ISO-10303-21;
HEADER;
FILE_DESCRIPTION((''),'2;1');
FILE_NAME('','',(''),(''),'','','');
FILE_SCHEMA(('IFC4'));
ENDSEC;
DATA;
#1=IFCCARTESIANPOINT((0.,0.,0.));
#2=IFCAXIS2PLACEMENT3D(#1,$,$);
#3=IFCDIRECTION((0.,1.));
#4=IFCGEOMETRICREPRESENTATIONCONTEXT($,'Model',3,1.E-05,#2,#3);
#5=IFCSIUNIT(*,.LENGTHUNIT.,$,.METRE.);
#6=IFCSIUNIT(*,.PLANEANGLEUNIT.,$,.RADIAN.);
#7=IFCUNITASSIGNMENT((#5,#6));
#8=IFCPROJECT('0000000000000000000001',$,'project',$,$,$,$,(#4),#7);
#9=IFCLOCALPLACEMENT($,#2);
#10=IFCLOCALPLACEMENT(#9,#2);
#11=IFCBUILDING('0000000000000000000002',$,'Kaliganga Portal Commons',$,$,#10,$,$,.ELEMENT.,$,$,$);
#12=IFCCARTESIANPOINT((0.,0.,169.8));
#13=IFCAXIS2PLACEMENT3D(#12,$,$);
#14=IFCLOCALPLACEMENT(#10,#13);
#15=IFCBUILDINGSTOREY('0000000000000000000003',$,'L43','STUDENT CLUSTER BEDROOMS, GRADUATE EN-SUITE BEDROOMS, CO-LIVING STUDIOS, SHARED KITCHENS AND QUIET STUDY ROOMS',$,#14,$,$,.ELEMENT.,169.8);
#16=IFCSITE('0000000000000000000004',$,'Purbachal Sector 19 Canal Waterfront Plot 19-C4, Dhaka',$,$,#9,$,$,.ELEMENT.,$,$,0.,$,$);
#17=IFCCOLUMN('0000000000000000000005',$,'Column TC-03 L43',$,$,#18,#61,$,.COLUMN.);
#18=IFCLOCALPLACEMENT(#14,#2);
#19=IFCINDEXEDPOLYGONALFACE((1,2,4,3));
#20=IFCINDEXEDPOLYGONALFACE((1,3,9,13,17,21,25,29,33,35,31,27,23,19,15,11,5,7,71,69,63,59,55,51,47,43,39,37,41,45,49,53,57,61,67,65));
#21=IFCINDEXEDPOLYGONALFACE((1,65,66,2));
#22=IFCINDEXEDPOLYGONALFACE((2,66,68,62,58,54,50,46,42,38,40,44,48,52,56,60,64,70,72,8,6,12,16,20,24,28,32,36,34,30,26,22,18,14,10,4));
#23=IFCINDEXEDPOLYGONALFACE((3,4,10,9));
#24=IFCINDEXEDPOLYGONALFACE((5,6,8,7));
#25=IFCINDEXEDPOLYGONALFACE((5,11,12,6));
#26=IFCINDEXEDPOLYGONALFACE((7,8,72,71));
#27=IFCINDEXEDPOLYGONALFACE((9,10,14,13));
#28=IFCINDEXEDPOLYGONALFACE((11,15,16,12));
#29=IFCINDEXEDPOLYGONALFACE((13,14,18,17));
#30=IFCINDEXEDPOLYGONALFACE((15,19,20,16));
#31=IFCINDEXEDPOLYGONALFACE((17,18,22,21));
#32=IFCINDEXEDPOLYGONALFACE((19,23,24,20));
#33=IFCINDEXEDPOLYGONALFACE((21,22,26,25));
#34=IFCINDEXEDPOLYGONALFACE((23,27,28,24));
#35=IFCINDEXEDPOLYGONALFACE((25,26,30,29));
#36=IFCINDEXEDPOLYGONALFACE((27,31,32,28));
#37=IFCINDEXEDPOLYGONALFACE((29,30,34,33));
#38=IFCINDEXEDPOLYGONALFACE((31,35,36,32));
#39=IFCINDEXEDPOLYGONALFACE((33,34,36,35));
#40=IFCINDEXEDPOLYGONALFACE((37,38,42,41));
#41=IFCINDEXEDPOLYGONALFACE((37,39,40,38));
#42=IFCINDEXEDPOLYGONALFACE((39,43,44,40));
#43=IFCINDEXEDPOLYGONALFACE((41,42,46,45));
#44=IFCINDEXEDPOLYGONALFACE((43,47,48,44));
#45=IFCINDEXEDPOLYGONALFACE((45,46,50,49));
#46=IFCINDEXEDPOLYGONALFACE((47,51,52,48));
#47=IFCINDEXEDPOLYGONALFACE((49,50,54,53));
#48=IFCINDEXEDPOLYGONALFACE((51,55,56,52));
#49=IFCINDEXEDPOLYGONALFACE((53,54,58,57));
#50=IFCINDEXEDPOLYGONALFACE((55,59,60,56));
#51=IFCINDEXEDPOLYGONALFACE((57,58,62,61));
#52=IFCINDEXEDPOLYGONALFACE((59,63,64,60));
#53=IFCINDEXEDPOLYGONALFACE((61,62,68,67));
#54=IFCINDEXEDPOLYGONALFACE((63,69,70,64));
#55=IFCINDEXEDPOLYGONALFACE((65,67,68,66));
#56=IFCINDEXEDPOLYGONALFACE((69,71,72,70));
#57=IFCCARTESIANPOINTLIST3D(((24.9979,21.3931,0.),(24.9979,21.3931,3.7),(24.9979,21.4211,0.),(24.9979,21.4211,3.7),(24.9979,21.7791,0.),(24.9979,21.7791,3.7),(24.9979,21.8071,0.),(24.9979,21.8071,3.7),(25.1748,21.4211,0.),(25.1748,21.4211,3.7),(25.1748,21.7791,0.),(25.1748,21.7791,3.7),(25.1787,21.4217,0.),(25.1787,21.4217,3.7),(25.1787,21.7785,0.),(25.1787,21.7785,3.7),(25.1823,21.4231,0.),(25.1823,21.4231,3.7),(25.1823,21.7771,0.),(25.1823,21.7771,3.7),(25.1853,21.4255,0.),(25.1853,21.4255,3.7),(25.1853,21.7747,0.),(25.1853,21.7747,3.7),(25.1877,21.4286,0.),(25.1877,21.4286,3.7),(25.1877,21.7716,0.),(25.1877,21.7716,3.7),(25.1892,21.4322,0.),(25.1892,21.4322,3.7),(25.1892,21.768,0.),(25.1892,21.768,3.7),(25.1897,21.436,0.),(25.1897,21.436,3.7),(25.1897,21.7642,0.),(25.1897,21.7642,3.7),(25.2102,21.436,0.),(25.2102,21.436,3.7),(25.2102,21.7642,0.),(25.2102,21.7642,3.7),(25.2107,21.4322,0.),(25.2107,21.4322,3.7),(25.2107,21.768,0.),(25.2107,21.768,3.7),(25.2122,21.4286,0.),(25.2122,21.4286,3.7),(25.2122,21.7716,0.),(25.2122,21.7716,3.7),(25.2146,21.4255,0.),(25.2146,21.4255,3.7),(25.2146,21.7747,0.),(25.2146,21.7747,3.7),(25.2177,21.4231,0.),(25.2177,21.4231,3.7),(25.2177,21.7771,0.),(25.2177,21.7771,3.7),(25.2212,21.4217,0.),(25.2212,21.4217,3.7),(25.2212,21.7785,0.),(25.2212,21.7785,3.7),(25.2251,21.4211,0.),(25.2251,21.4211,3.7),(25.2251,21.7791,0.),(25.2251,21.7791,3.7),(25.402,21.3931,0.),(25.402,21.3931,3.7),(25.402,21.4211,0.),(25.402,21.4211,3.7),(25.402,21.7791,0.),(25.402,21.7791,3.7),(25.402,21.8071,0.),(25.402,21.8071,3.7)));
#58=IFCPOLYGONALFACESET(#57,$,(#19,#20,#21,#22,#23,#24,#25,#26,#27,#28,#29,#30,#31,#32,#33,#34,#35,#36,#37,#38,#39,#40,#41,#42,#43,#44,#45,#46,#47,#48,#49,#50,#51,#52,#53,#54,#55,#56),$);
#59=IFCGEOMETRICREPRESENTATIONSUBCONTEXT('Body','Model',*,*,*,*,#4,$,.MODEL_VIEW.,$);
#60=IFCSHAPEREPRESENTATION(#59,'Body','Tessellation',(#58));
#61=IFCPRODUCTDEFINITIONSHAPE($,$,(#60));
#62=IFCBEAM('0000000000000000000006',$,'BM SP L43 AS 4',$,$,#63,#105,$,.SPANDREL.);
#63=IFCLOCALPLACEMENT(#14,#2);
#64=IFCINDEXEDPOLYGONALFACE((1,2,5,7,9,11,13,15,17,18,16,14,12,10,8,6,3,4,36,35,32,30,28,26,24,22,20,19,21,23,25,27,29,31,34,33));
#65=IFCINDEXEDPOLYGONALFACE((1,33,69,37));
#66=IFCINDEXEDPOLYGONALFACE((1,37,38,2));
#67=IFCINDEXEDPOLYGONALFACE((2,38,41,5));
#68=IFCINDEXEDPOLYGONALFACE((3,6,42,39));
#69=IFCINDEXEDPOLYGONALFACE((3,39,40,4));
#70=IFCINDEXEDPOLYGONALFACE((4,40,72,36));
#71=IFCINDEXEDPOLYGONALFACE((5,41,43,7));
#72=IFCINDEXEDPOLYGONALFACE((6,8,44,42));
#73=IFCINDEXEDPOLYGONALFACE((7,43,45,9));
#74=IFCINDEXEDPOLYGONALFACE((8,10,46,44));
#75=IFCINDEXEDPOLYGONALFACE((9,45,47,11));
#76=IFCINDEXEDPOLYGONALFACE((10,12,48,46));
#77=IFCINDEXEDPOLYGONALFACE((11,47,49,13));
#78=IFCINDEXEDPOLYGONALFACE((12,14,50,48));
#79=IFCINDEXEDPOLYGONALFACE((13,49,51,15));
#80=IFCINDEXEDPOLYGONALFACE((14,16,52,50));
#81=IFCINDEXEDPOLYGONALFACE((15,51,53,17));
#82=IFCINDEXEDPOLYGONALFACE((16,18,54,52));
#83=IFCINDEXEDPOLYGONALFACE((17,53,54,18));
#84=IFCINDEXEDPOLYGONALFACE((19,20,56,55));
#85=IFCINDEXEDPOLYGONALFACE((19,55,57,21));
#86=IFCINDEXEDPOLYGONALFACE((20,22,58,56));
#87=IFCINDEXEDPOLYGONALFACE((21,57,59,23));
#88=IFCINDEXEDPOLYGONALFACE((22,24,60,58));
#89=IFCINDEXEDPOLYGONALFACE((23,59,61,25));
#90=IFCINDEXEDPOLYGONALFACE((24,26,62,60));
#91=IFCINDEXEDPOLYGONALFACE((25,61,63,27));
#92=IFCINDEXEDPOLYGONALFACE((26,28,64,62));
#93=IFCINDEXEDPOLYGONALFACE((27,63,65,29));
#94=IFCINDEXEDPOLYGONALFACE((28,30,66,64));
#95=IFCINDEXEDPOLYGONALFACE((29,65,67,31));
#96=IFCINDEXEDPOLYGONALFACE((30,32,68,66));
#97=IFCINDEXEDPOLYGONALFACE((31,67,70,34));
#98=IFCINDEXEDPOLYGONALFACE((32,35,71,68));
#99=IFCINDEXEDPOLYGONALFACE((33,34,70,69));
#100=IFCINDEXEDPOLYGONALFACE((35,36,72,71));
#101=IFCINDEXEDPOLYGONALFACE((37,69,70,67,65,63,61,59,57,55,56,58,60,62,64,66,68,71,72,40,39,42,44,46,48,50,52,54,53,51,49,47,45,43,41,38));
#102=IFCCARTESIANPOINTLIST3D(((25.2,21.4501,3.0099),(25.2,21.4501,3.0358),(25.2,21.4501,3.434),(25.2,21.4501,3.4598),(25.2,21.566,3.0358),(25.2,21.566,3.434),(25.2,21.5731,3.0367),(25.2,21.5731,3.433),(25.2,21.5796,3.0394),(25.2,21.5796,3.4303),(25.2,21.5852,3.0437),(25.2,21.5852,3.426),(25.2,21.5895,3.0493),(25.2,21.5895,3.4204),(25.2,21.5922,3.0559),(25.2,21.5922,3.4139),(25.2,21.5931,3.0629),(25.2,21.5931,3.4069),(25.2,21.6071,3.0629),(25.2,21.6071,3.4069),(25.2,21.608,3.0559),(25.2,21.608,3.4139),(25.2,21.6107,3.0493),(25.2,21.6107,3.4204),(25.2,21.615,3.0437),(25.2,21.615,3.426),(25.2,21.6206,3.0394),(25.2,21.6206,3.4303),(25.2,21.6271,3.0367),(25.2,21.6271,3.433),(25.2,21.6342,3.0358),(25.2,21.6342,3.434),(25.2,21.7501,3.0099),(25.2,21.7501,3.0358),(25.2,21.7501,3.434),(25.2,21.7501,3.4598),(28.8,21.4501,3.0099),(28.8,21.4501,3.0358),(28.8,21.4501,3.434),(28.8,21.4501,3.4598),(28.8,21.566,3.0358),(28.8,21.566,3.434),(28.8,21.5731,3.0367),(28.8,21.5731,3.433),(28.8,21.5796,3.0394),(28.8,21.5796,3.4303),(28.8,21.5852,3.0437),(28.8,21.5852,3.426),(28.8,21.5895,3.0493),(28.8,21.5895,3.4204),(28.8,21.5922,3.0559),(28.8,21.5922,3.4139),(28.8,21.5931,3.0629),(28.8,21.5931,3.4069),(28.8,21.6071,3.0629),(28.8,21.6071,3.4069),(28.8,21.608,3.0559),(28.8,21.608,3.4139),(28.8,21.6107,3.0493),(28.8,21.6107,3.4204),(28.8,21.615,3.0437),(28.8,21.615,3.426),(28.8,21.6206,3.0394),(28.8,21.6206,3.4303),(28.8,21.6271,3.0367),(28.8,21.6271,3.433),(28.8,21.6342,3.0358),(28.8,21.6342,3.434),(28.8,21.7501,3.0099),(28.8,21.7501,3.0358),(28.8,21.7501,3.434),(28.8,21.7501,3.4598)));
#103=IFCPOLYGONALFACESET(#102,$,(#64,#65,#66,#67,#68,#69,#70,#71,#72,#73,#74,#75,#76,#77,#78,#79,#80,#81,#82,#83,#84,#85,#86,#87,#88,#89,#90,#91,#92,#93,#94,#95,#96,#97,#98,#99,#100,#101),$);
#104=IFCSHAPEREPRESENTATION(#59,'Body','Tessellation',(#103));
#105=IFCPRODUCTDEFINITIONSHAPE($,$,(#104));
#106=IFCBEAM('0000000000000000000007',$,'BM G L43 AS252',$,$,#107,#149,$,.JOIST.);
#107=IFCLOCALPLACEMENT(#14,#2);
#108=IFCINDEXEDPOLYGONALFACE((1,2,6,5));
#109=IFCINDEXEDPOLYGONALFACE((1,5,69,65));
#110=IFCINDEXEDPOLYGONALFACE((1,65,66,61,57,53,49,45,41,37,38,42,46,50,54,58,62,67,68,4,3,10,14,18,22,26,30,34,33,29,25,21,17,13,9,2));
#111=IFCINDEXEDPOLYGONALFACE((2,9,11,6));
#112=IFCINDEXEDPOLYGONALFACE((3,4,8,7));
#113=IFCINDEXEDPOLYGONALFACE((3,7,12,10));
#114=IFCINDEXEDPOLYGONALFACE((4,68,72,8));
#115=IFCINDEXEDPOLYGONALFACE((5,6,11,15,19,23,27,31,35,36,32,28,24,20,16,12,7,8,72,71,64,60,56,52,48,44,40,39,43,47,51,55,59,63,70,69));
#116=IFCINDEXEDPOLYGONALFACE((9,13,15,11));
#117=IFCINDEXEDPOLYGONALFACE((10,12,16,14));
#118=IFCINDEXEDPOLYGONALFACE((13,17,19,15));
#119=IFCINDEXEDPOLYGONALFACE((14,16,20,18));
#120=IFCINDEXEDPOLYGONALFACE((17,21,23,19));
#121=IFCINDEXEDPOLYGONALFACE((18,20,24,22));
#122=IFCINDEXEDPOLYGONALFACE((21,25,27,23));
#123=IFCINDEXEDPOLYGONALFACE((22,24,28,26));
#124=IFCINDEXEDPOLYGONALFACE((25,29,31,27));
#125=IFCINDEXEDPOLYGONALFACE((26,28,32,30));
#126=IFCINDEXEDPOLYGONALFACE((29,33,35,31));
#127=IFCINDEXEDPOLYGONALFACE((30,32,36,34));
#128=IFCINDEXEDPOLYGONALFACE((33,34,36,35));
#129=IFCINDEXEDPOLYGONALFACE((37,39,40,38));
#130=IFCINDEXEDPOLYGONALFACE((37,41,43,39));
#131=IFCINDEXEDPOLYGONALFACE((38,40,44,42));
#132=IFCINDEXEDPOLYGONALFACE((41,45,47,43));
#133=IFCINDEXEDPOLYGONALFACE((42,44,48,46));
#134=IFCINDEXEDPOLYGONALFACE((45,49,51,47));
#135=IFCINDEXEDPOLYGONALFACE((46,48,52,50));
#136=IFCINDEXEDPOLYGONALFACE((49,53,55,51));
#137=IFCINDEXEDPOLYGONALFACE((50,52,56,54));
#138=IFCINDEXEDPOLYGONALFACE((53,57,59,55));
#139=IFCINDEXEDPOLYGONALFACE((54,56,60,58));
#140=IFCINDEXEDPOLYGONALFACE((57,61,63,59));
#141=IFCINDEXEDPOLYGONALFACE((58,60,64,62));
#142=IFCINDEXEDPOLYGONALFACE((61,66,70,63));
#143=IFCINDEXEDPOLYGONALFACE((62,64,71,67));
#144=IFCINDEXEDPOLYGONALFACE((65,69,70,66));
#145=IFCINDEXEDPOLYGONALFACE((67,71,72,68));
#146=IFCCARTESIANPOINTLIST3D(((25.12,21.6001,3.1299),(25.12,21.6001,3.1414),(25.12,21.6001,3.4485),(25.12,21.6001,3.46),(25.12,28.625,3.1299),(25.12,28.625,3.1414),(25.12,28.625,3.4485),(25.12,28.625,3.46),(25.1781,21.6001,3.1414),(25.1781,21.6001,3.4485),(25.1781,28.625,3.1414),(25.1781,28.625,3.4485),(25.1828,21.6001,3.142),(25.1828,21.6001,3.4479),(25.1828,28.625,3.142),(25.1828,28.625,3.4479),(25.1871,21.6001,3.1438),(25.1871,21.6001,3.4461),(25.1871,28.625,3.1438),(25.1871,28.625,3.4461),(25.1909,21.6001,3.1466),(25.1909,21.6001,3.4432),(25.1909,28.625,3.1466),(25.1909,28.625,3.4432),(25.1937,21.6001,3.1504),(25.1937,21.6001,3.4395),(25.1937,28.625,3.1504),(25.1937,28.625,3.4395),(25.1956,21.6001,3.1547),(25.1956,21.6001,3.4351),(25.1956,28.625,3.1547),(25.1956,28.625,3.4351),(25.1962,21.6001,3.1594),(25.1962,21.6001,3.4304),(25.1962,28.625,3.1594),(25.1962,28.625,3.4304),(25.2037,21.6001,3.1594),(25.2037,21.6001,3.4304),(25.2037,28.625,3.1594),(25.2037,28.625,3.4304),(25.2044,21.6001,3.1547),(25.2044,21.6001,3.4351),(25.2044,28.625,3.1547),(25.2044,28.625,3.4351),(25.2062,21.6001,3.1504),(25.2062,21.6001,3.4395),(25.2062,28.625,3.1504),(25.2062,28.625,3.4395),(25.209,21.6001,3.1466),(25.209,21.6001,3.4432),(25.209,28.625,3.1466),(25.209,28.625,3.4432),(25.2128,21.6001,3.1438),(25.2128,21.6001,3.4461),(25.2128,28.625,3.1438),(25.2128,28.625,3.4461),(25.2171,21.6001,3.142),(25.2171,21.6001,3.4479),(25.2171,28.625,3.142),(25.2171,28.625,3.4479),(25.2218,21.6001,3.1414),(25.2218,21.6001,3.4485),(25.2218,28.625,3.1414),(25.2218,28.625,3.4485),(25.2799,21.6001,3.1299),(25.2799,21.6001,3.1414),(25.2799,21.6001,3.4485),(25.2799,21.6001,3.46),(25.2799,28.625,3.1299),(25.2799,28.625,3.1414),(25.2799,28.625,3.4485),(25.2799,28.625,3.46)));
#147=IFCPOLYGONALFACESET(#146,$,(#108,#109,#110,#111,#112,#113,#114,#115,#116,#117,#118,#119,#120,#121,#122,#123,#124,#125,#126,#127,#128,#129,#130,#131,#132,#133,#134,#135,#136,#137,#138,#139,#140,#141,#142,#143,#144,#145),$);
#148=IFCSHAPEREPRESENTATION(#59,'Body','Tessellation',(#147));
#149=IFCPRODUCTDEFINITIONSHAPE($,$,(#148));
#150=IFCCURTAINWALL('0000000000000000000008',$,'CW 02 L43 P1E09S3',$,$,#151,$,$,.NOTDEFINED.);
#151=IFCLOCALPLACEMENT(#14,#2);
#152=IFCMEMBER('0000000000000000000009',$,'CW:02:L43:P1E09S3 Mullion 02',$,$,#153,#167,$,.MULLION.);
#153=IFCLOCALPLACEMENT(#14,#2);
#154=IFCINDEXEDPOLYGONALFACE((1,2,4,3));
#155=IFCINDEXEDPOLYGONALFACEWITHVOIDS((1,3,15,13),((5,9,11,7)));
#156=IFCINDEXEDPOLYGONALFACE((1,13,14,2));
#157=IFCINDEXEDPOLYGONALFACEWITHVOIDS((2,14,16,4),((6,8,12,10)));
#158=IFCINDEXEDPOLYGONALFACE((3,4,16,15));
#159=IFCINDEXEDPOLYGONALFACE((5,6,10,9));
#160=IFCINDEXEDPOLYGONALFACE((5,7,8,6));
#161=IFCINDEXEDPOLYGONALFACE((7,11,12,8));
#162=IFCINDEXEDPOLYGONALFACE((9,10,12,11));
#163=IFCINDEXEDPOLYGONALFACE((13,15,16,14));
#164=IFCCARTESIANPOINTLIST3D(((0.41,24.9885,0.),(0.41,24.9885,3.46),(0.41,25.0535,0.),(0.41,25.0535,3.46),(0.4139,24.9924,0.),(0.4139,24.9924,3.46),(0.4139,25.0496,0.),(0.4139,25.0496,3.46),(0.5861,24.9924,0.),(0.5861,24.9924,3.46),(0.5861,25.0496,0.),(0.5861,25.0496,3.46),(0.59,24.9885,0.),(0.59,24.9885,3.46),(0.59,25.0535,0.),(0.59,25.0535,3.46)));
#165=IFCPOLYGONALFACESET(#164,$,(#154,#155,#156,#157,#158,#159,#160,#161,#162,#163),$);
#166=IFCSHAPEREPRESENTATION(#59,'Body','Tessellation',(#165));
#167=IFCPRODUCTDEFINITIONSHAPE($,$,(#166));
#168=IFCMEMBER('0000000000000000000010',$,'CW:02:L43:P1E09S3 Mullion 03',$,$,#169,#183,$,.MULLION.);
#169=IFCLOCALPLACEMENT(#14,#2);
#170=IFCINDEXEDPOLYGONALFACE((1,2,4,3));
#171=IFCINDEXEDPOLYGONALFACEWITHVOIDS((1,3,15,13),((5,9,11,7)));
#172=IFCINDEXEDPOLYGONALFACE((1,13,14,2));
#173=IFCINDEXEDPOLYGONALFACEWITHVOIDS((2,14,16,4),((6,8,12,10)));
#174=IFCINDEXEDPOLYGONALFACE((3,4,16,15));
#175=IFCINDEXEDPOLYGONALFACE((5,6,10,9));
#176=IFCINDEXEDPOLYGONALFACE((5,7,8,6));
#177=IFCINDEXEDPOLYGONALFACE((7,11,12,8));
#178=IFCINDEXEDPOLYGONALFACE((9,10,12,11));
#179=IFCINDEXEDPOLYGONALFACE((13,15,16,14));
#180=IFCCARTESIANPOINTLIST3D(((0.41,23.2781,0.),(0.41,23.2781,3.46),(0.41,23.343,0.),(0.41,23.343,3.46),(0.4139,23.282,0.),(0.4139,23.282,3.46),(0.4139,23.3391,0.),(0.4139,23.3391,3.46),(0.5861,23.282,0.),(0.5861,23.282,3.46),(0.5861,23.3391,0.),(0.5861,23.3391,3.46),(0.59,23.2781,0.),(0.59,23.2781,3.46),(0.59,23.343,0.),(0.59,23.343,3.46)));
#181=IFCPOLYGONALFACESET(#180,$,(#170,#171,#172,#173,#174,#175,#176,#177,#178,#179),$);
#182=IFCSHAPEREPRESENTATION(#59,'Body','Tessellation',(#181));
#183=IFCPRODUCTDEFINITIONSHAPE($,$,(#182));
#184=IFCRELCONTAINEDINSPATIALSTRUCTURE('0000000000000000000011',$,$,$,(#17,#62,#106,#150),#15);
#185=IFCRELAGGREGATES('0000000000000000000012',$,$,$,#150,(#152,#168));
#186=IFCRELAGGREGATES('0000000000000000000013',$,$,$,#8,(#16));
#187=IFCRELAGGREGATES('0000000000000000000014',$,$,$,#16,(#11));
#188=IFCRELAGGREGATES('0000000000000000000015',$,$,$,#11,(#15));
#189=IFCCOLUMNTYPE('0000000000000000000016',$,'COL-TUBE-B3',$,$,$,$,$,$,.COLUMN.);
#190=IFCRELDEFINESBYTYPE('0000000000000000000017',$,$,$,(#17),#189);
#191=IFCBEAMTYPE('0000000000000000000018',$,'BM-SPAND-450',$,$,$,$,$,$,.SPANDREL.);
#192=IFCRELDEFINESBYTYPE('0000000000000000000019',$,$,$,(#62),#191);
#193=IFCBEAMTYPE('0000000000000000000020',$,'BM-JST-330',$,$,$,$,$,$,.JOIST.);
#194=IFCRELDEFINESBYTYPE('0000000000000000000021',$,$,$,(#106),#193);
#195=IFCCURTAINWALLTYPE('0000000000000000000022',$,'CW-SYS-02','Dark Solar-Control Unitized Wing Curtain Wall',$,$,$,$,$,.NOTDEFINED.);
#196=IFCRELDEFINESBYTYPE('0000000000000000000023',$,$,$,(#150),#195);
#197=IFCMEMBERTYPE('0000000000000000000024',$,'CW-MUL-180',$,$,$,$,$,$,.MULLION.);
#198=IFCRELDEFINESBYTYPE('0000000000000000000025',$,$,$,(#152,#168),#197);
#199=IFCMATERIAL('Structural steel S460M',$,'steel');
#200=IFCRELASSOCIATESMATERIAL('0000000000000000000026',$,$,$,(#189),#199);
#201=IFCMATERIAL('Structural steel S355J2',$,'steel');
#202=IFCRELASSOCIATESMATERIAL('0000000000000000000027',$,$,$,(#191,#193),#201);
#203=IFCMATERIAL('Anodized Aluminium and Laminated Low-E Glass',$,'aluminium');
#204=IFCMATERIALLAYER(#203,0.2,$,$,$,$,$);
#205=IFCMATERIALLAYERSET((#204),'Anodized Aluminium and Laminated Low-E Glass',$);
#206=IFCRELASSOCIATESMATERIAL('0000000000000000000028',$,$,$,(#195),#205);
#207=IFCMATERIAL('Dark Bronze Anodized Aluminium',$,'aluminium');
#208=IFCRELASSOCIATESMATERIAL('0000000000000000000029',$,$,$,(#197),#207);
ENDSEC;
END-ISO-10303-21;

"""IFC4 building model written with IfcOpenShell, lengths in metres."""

from ifc_helpers import new_model, si_unit, direction, frame, origin, origin_2d, place, context, subcontext, project, spatial, hollow_rectangle, i_section, extrude, source, transform, mapped, material, layer, layer_set, material_profile, profile_set, type_object, element, aggregate, save


model = new_model("IFC4")

# Units and contexts
model_context = context("Model", 3, precision=1e-05, world=origin(), true_north=direction((0.0, 1.0)))
body_context = subcontext(model_context, "Body", "Model", "MODEL_VIEW")
ifc_project = project(units=[si_unit("LENGTHUNIT", "METRE"), si_unit("PLANEANGLEUNIT", "RADIAN")], contexts=[model_context])

# Site, building, storey
site_placement = place(None, origin())
site = spatial("IfcSite", under=ifc_project, at=site_placement, Name="Purbachal Sector 19 Canal Waterfront Plot 19-C4, Dhaka", CompositionType="ELEMENT", RefElevation=0.0)
building_placement = place(site_placement, origin())
building = spatial("IfcBuilding", under=site, at=building_placement, Name="Kaliganga Portal Commons", CompositionType="ELEMENT")
storey_placement = place(building_placement, frame((0.0, 0.0, 169.8)))
storey = spatial("IfcBuildingStorey", under=building, at=storey_placement, Name="L43", Description="STUDENT CLUSTER BEDROOMS, GRADUATE EN-SUITE BEDROOMS, CO-LIVING STUDIOS, SHARED KITCHENS AND QUIET STUDY ROOMS", CompositionType="ELEMENT", Elevation=169.8)

# Column
ifc_material_1 = material(Name="Structural steel S460M", Category="steel")
ifc_material_profile_1 = material_profile(ifc_material_1, i_section(OverallWidth=0.4041, OverallDepth=0.4141, WebThickness=0.0205, FlangeThickness=0.0281, FilletRadius=0.0149, at=origin_2d()), Name="HD 400x347")
ifc_profile_set_1 = profile_set([ifc_material_profile_1], Name="Structural steel S460M wide-flange")
column_type = type_object("IfcColumnType", Name="COL-TUBE-B3", PredefinedType="COLUMN", material=ifc_profile_set_1)
shared_shape_1 = source(origin(), body_context, "Body", "SweptSolid", [
    extrude(i_section(OverallWidth=0.4041, OverallDepth=0.4141, WebThickness=0.0205, FlangeThickness=0.0281, FilletRadius=0.0149, at=origin_2d()), origin(), (0.0, 0.0, 1.0), 3.7),
])
column_placement = place(storey_placement, frame((25.2, 21.6001, 0.0), z_axis=(0.0, 0.0, 1.0), x_axis=(1.0, 0.0, 0.0)))
element("IfcColumn", 1, at=column_placement, inside=storey, type_object=column_type, Name="Column TC-03 L43", PredefinedType="COLUMN", context=body_context, shape_type="MappedRepresentation", body=[
    mapped(shared_shape_1, transform((0.0, 0.0, 0.0), x_axis=(1.0, 0.0, 0.0), y_axis=(0.0, 1.0, 0.0), z_axis=(0.0, 0.0, 1.0), scale=1.0)),
])

# Beams
ifc_material_2 = material(Name="Structural steel S355J2", Category="steel")
ifc_material_profile_2 = material_profile(ifc_material_2, i_section(OverallWidth=0.3, OverallDepth=0.45, WebThickness=0.0139, FlangeThickness=0.0259, FilletRadius=0.0271, at=origin_2d()), Name="HE 450 B")
ifc_profile_set_2 = profile_set([ifc_material_profile_2], Name="Structural steel S355J2 wide-flange")
beam_type_1 = type_object("IfcBeamType", Name="BM-SPAND-450", PredefinedType="SPANDREL", material=ifc_profile_set_2)
shared_shape_2 = source(origin(), body_context, "Body", "SweptSolid", [
    extrude(i_section(OverallWidth=0.3, OverallDepth=0.45, WebThickness=0.0139, FlangeThickness=0.0259, FilletRadius=0.0271, at=origin_2d()), origin(), (0.0, 0.0, 1.0), 3.6001),
])
beam_1_placement = place(storey_placement, frame((25.2, 21.6001, 3.2349), z_axis=(1.0, 0.0, 0.0), x_axis=(0.0, 1.0, 0.0)))
element("IfcBeam", 2, at=beam_1_placement, inside=storey, type_object=beam_type_1, Name="BM SP L43 AS 4", PredefinedType="SPANDREL", context=body_context, shape_type="MappedRepresentation", body=[
    mapped(shared_shape_2, transform((0.0, 0.0, 0.0), x_axis=(1.0, 0.0, 0.0), y_axis=(0.0, 1.0, 0.0), z_axis=(0.0, 0.0, 1.0), scale=1.0)),
])
ifc_material_profile_3 = material_profile(ifc_material_2, i_section(OverallWidth=0.1599, OverallDepth=0.3301, WebThickness=0.0076, FlangeThickness=0.0115, FilletRadius=0.0181, at=origin_2d()), Name="IPE 330")
ifc_profile_set_3 = profile_set([ifc_material_profile_3], Name="Structural steel S355J2 wide-flange")
beam_type_2 = type_object("IfcBeamType", Name="BM-JST-330", PredefinedType="JOIST", material=ifc_profile_set_3)
shared_shape_3 = source(origin(), body_context, "Body", "SweptSolid", [
    extrude(i_section(OverallWidth=0.1599, OverallDepth=0.3301, WebThickness=0.0076, FlangeThickness=0.0115, FilletRadius=0.0181, at=origin_2d()), origin(), (0.0, 0.0, 1.0), 7.0249),
])
beam_2_placement = place(storey_placement, frame((25.2, 21.6001, 3.2949), z_axis=(0.0, 1.0, 0.0), x_axis=(-1.0, 0.0, 0.0)))
element("IfcBeam", 3, at=beam_2_placement, inside=storey, type_object=beam_type_2, Name="BM G L43 AS252", PredefinedType="JOIST", context=body_context, shape_type="MappedRepresentation", body=[
    mapped(shared_shape_3, transform((0.0, 0.0, 0.0), x_axis=(1.0, 0.0, 0.0), y_axis=(0.0, 1.0, 0.0), z_axis=(0.0, 0.0, 1.0), scale=1.0)),
])

# Curtain wall, members
ifc_material_3 = material(Name="Anodized Aluminium and Laminated Low-E Glass", Category="aluminium")
ifc_layer_1 = layer(ifc_material_3, 0.2)
ifc_layer_set_1 = layer_set([ifc_layer_1], Name="Anodized Aluminium and Laminated Low-E Glass")
curtain_wall_type = type_object("IfcCurtainWallType", Name="CW-SYS-02", Description="Dark Solar-Control Unitized Wing Curtain Wall", PredefinedType="NOTDEFINED", material=ifc_layer_set_1)
curtain_wall_placement = place(storey_placement, origin())
curtain_wall = element("IfcCurtainWall", 4, at=curtain_wall_placement, inside=storey, type_object=curtain_wall_type, Name="CW 02 L43 P1E09S3", PredefinedType="NOTDEFINED")
ifc_material_4 = material(Name="Dark Bronze Anodized Aluminium", Category="aluminium")
ifc_material_profile_4 = material_profile(ifc_material_4, hollow_rectangle(XDim=0.0649, YDim=0.1799, WallThickness=0.0039, at=origin_2d()), Name="ALU MULL 65x180x4")
ifc_profile_set_4 = profile_set([ifc_material_profile_4], Name="Dark Bronze Anodized Aluminium")
member_type = type_object("IfcMemberType", Name="CW-MUL-180", PredefinedType="MULLION", material=ifc_profile_set_4)
shared_shape_4 = source(origin(), body_context, "Body", "SweptSolid", [
    extrude(hollow_rectangle(XDim=0.0649, YDim=0.1799, WallThickness=0.0039, at=origin_2d()), origin(), (0.0, 0.0, 1.0), 3.46),
])
member_1_placement = place(storey_placement, frame((0.5, 25.021, 0.0), z_axis=(0.0, 0.0, 1.0), x_axis=(0.0, -1.0, 0.0)))
member_1 = element("IfcMember", 5, at=member_1_placement, type_object=member_type, Name="CW:02:L43:P1E09S3 Mullion 02", PredefinedType="MULLION", context=body_context, shape_type="MappedRepresentation", body=[
    mapped(shared_shape_4, transform((0.0, 0.0, 0.0), x_axis=(1.0, 0.0, 0.0), y_axis=(0.0, 1.0, 0.0), z_axis=(0.0, 0.0, 1.0), scale=1.0)),
])
member_2_placement = place(storey_placement, frame((0.5, 23.3105, 0.0), z_axis=(0.0, 0.0, 1.0), x_axis=(0.0, -1.0, 0.0)))
member_2 = element("IfcMember", 6, at=member_2_placement, type_object=member_type, Name="CW:02:L43:P1E09S3 Mullion 03", PredefinedType="MULLION", context=body_context, shape_type="MappedRepresentation", body=[
    mapped(shared_shape_4, transform((0.0, 0.0, 0.0), x_axis=(1.0, 0.0, 0.0), y_axis=(0.0, 1.0, 0.0), z_axis=(0.0, 0.0, 1.0), scale=1.0)),
])
aggregate(curtain_wall, [member_1, member_2])

save(model, "model.ifc")
